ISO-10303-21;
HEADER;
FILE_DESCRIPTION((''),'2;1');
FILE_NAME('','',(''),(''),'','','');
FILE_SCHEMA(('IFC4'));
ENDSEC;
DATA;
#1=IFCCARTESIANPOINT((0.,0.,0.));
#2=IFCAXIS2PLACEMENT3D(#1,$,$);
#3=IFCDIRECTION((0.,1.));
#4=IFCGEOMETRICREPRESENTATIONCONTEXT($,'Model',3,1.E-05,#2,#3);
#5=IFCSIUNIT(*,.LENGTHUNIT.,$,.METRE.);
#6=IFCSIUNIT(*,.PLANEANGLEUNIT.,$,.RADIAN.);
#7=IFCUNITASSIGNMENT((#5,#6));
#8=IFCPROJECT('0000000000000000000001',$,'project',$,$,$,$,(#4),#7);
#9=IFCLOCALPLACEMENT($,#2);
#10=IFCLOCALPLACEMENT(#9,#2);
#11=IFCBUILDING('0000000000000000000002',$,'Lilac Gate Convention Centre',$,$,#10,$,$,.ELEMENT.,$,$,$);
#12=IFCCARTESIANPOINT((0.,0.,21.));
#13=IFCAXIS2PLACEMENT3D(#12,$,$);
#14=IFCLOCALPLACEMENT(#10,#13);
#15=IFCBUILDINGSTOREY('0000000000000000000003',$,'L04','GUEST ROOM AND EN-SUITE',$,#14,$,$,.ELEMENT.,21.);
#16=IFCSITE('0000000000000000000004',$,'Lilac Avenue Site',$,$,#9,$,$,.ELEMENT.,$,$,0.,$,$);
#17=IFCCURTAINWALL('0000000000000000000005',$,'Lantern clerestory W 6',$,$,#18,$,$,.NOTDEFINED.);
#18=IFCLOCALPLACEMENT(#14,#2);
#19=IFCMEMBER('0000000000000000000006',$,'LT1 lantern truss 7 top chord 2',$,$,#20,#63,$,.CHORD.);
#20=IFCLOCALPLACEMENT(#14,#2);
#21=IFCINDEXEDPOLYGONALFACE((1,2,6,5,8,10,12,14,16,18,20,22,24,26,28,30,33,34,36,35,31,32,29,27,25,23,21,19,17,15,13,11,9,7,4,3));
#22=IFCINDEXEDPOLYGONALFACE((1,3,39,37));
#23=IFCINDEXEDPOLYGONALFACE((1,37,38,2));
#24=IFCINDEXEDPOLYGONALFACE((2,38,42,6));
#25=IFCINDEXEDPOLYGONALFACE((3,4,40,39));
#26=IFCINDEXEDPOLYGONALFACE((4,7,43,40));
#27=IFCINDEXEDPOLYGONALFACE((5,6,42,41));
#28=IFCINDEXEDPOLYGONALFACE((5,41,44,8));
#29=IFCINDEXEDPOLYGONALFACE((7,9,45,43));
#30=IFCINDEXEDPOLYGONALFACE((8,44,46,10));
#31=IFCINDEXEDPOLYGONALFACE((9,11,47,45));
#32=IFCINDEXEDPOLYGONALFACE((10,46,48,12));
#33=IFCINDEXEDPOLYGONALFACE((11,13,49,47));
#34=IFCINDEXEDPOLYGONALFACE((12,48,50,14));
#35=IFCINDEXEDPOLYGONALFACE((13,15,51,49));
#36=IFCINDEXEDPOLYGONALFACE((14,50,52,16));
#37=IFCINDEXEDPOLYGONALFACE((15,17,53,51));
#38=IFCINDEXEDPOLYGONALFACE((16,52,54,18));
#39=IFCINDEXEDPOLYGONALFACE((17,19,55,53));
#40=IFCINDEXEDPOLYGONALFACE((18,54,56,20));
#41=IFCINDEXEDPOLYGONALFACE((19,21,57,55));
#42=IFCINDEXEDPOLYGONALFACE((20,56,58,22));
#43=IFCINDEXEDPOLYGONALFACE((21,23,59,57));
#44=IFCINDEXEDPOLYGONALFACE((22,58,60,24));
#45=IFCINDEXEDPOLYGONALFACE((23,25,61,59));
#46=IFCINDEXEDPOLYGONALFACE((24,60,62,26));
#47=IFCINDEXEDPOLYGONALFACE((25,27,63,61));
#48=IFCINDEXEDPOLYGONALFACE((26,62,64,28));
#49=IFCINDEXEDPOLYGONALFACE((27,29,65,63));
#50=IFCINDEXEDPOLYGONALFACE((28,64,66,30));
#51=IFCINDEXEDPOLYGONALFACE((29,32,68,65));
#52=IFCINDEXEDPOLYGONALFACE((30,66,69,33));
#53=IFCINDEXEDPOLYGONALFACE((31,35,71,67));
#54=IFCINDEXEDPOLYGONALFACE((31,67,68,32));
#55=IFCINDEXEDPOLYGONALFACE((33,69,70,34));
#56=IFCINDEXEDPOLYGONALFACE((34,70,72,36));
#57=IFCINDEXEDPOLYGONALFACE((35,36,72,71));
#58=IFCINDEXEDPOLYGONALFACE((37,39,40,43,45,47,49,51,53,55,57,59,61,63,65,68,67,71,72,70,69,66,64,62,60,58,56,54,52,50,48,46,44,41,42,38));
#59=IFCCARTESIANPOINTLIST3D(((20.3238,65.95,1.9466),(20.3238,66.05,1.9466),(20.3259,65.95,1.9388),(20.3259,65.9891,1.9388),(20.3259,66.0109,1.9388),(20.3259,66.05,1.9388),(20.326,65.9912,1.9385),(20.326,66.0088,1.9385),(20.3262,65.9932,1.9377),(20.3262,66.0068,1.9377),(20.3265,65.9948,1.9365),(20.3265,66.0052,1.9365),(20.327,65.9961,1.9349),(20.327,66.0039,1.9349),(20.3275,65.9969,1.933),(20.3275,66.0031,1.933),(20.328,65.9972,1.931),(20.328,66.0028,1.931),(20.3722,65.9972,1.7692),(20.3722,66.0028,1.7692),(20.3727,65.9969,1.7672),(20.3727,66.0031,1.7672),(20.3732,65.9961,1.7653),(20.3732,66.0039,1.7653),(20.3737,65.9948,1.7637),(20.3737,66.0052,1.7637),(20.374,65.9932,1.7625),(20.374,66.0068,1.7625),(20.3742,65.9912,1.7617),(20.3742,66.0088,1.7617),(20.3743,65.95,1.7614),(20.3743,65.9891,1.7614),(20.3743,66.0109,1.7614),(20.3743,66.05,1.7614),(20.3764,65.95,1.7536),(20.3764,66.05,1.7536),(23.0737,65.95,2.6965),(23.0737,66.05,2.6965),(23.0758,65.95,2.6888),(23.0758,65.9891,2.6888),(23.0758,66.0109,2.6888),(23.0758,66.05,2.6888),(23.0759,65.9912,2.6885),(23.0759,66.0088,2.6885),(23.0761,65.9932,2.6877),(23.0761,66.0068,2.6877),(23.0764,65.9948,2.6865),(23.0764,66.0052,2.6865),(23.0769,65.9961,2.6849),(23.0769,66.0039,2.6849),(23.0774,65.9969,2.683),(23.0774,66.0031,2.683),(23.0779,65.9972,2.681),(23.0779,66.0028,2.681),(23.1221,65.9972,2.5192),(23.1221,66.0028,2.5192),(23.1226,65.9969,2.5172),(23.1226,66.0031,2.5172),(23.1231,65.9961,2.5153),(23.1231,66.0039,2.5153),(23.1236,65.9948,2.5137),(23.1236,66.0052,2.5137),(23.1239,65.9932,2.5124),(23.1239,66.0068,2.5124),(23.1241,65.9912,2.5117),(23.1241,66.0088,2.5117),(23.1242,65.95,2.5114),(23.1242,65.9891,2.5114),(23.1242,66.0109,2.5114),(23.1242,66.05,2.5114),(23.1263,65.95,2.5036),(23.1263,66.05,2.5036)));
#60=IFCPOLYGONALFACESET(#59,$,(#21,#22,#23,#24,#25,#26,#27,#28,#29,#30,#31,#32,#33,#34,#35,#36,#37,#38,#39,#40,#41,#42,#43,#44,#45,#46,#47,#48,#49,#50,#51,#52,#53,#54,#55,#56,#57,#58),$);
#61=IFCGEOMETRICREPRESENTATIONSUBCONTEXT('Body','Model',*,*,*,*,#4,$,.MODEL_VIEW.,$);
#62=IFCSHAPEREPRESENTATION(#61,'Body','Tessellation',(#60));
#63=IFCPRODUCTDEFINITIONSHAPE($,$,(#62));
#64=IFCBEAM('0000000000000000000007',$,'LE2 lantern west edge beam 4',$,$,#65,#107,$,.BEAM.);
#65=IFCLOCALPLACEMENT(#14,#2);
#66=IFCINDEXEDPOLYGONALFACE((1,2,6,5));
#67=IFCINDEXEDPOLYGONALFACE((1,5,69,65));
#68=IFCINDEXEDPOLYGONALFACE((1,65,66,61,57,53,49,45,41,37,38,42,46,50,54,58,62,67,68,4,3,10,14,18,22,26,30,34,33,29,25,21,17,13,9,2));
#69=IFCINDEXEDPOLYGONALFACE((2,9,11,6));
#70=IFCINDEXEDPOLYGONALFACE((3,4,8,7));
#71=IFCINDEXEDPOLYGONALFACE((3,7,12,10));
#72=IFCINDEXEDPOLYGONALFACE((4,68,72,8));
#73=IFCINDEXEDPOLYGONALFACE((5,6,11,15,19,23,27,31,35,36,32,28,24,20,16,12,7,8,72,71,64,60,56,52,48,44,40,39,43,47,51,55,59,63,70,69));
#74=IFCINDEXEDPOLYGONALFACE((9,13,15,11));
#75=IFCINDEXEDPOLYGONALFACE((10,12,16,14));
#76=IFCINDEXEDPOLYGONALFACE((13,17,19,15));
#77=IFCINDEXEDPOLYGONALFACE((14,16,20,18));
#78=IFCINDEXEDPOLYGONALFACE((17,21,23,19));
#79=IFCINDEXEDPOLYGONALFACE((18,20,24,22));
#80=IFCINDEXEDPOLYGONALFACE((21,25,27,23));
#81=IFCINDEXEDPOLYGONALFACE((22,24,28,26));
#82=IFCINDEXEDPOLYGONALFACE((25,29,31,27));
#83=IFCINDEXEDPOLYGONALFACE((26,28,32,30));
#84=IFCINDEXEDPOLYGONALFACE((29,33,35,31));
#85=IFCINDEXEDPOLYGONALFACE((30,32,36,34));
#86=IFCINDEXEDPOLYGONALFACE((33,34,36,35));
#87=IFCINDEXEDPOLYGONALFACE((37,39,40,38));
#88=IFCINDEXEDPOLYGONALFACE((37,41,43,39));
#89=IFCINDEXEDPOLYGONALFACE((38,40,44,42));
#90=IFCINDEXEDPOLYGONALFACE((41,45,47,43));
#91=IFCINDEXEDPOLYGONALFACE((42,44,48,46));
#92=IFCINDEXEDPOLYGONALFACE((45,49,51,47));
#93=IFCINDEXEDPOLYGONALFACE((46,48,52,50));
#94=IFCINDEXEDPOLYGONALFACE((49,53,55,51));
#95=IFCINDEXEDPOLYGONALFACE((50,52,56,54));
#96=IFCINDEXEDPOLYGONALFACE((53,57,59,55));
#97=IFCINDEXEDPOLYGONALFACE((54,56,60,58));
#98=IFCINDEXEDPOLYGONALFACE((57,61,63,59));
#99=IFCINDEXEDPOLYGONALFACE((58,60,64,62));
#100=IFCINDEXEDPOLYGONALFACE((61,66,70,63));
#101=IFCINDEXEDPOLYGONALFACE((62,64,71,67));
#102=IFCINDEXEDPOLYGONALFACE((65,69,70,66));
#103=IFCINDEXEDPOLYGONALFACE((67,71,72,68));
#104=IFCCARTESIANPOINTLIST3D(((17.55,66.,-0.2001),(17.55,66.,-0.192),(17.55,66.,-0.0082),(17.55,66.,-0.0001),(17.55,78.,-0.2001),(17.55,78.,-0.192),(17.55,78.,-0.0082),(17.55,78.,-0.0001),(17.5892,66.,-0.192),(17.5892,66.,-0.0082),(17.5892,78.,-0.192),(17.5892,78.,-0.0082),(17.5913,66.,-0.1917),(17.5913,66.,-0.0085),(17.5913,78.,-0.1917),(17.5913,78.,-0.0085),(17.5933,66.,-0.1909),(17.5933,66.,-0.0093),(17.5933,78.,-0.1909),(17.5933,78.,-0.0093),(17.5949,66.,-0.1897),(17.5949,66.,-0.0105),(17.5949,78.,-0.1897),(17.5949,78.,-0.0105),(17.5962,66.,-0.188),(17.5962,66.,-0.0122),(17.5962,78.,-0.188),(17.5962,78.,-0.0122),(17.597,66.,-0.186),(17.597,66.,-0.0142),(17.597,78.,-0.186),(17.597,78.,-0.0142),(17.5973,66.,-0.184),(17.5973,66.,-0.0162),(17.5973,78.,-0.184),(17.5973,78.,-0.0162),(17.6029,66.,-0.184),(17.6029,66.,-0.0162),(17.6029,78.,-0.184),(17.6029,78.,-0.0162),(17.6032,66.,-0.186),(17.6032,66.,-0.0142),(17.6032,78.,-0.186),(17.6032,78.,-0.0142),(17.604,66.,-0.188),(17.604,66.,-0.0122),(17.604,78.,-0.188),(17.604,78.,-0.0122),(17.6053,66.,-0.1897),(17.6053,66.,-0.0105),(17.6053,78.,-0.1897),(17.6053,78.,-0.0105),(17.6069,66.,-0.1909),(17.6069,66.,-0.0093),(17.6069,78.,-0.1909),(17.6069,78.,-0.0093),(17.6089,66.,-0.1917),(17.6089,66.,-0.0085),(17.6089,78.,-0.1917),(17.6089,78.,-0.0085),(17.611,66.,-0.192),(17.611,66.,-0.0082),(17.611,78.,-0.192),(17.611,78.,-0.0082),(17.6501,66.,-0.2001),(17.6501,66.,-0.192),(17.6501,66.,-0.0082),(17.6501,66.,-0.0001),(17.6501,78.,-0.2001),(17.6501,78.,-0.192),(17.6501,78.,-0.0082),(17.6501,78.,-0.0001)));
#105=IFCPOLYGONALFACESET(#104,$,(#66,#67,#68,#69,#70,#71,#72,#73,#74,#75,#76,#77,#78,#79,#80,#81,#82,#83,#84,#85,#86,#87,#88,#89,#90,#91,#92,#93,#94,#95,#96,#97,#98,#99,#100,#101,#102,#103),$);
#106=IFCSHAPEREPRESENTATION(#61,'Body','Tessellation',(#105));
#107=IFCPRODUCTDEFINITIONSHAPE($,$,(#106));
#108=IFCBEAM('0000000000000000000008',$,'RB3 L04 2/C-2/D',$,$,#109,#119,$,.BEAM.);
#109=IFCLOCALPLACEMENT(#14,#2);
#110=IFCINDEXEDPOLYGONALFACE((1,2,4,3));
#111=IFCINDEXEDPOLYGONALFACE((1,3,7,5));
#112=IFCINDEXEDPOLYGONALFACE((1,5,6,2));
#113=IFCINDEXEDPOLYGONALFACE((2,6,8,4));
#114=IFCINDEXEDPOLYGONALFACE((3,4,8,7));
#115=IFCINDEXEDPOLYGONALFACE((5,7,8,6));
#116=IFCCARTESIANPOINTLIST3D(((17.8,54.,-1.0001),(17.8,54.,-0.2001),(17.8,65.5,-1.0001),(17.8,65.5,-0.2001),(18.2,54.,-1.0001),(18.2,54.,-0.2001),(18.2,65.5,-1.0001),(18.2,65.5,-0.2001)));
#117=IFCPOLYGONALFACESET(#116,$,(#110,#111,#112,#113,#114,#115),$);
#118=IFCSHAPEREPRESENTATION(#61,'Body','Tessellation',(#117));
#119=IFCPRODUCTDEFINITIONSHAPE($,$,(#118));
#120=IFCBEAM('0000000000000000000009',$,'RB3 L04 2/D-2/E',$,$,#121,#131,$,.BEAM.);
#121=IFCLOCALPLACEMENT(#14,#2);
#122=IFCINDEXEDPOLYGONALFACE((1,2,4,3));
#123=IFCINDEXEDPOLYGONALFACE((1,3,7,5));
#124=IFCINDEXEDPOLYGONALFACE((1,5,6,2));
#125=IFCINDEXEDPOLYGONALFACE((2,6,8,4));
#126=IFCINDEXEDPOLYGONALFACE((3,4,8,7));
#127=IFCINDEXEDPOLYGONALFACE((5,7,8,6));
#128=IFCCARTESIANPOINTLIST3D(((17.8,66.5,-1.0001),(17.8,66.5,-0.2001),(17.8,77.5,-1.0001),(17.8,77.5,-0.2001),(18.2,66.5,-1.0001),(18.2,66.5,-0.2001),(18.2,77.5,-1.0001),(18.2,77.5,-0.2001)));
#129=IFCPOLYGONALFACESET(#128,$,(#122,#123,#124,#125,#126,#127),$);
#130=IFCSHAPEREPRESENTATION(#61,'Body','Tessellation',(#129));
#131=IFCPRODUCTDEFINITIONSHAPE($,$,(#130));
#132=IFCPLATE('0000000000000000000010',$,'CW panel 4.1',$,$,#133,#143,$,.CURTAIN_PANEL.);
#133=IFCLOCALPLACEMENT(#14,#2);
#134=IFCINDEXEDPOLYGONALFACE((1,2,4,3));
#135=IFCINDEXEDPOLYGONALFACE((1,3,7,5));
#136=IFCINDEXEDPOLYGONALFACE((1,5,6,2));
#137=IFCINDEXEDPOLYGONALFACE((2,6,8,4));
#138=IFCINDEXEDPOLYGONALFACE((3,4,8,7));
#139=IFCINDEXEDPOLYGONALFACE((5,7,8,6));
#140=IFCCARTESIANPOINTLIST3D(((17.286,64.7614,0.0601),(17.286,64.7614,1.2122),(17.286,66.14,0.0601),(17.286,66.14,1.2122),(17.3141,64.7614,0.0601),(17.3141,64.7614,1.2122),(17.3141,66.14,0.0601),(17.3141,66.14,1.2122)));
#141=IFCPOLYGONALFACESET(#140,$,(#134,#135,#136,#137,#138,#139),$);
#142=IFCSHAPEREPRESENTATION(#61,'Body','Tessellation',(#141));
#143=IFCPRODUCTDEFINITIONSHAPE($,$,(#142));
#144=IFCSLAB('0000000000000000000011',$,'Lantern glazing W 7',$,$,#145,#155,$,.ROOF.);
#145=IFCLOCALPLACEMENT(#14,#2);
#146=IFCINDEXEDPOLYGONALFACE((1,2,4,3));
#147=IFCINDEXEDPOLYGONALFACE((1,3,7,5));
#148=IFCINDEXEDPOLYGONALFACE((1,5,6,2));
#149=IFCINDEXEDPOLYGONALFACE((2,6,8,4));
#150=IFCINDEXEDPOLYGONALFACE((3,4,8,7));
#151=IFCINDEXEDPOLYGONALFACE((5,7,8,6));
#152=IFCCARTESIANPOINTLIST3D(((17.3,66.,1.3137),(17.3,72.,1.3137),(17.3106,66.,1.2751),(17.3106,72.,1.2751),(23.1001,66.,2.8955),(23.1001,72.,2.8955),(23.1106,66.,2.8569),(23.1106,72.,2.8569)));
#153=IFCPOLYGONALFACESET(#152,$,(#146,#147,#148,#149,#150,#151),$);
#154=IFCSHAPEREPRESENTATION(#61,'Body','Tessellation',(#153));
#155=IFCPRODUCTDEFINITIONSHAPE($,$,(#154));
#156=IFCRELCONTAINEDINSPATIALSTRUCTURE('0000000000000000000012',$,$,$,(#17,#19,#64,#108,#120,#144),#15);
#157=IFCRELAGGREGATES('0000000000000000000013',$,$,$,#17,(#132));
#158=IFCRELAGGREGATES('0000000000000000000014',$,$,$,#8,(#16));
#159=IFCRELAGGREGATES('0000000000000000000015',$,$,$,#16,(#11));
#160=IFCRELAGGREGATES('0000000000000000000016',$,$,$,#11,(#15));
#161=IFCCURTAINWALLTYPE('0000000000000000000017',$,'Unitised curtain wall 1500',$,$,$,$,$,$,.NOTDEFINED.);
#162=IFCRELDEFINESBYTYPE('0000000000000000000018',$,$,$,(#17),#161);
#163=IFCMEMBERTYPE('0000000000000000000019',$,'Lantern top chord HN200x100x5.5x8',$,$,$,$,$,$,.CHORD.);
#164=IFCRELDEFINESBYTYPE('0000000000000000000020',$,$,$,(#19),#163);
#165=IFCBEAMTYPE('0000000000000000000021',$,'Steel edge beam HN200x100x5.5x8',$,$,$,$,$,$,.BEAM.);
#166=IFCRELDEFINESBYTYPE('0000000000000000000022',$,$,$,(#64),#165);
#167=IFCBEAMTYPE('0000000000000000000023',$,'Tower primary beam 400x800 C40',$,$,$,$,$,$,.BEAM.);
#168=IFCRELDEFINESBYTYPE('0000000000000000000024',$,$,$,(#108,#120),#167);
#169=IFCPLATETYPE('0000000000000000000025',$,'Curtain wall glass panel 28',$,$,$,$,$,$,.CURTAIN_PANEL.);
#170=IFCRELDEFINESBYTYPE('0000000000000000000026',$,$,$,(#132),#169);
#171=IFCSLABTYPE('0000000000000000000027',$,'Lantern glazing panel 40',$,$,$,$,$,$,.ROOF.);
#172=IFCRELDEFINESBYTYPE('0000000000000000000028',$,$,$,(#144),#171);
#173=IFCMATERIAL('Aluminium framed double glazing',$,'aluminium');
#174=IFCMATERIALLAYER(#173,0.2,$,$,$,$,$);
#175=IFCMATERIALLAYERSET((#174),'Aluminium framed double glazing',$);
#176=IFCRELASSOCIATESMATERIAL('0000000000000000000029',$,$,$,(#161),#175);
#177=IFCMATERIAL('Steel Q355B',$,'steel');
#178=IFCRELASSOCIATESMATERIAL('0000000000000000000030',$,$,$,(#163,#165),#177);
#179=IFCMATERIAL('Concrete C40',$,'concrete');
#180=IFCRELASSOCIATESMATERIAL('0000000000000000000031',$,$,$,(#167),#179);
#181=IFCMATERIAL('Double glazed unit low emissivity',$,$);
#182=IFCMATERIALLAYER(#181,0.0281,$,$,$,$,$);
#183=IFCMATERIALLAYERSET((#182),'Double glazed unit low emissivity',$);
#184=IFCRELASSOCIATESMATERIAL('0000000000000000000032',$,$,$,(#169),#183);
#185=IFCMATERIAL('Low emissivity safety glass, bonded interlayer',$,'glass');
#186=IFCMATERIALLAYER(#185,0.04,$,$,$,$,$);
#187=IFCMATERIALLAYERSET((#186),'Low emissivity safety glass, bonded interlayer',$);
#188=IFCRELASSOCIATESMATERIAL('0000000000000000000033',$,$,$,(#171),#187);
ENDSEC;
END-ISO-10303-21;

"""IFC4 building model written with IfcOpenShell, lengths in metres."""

from ifc_helpers import new_model, si_unit, direction, frame, origin, origin_2d, place, context, subcontext, project, spatial, polyline, rectangle, i_section, outline, extrude, material, layer, layer_set, material_profile, profile_set, type_object, element, aggregate, save


model = new_model("IFC4")

# Units and contexts
model_context = context("Model", 3, precision=1e-05, world=origin(), true_north=direction((0.0, 1.0)))
body_context = subcontext(model_context, "Body", "Model", "MODEL_VIEW")
ifc_project = project(units=[si_unit("LENGTHUNIT", "METRE"), si_unit("PLANEANGLEUNIT", "RADIAN")], contexts=[model_context])

# Site, building, storey
site_placement = place(None, origin())
site = spatial("IfcSite", under=ifc_project, at=site_placement, Name="Lilac Avenue Site", CompositionType="ELEMENT", RefElevation=0.0)
building_placement = place(site_placement, origin())
building = spatial("IfcBuilding", under=site, at=building_placement, Name="Lilac Gate Convention Centre", CompositionType="ELEMENT")
storey_placement = place(building_placement, frame((0.0, 0.0, 21.0)))
storey = spatial("IfcBuildingStorey", under=building, at=storey_placement, Name="L04", Description="GUEST ROOM AND EN-SUITE", CompositionType="ELEMENT", Elevation=21.0)

# Curtain wall
ifc_material_1 = material(Name="Aluminium framed double glazing", Category="aluminium")
ifc_layer_1 = layer(ifc_material_1, 0.2)
ifc_layer_set_1 = layer_set([ifc_layer_1], Name="Aluminium framed double glazing")
curtain_wall_type = type_object("IfcCurtainWallType", Name="Unitised curtain wall 1500", PredefinedType="NOTDEFINED", material=ifc_layer_set_1)
curtain_wall_1_placement = place(storey_placement, origin())
curtain_wall_1 = element("IfcCurtainWall", 1, at=curtain_wall_1_placement, inside=storey, type_object=curtain_wall_type, Name="Lantern clerestory W 6", PredefinedType="NOTDEFINED")

# Member
ifc_material_2 = material(Name="Steel Q355B", Category="steel")
ifc_material_profile_1 = material_profile(ifc_material_2, i_section(OverallWidth=0.1001, OverallDepth=0.2, WebThickness=0.0056, FlangeThickness=0.0081, FilletRadius=0.0081, at=origin_2d()), Name="HN200x100x5.5x8")
ifc_profile_set_1 = profile_set([ifc_material_profile_1], Name="Steel Q355B")
member_type_1 = type_object("IfcMemberType", Name="Lantern top chord HN200x100x5.5x8", PredefinedType="CHORD", material=ifc_profile_set_1)
for number, where, z_axis, x_axis, name in (
    (2, (20.3501, 66.0, 1.8501), (0.964764, 0.0, 0.263117), (0.0, 1.0, 0.0), "LT1 lantern truss 7 top chord 2"),
):
    element("IfcMember", number, at=place(storey_placement, frame(where, z_axis=z_axis, x_axis=x_axis)), inside=storey, type_object=member_type_1, Name=name, PredefinedType="CHORD", context=body_context, shape_type="SweptSolid", body=[
        extrude(i_section(OverallWidth=0.1001, OverallDepth=0.2, WebThickness=0.0056, FlangeThickness=0.0081, FilletRadius=0.0081, at=origin_2d()), origin(), (0.0, 0.0, 1.0), 2.8503),
    ])

# Beams
ifc_material_profile_2 = material_profile(ifc_material_2, i_section(OverallWidth=0.1001, OverallDepth=0.2, WebThickness=0.0056, FlangeThickness=0.0081, FilletRadius=0.0081, at=origin_2d()), Name="HN200x100x5.5x8")
ifc_profile_set_2 = profile_set([ifc_material_profile_2], Name="Steel Q355B")
beam_type_1 = type_object("IfcBeamType", Name="Steel edge beam HN200x100x5.5x8", PredefinedType="BEAM", material=ifc_profile_set_2)
beam_1_placement = place(storey_placement, frame((17.6001, 66.0, -0.1001), z_axis=(0.0, 1.0, 0.0), x_axis=(-1.0, 0.0, 0.0)))
element("IfcBeam", 3, at=beam_1_placement, inside=storey, type_object=beam_type_1, Name="LE2 lantern west edge beam 4", PredefinedType="BEAM", context=body_context, shape_type="SweptSolid", body=[
    extrude(i_section(OverallWidth=0.1001, OverallDepth=0.2, WebThickness=0.0056, FlangeThickness=0.0081, FilletRadius=0.0081, at=origin_2d()), origin(), (0.0, 0.0, 1.0), 12.0),
])
ifc_material_3 = material(Name="Concrete C40", Category="concrete")
ifc_material_profile_3 = material_profile(ifc_material_3, rectangle(XDim=0.3999, YDim=0.8, at=origin_2d()), Name="RC 400x800")
ifc_profile_set_3 = profile_set([ifc_material_profile_3], Name="Concrete C40")
beam_type_2 = type_object("IfcBeamType", Name="Tower primary beam 400x800 C40", PredefinedType="BEAM", material=ifc_profile_set_3)
beam_2_placement = place(storey_placement, frame((18.0, 54.0, -0.6001), z_axis=(0.0, 1.0, 0.0), x_axis=(-1.0, 0.0, 0.0)))
element("IfcBeam", 4, at=beam_2_placement, inside=storey, type_object=beam_type_2, Name="RB3 L04 2/C-2/D", PredefinedType="BEAM", context=body_context, shape_type="SweptSolid", body=[
    extrude(rectangle(XDim=0.3999, YDim=0.8, at=origin_2d()), origin(), (0.0, 0.0, 1.0), 11.5),
])
beam_3_placement = place(storey_placement, frame((18.0, 66.5, -0.6001), z_axis=(0.0, 1.0, 0.0), x_axis=(-1.0, 0.0, 0.0)))
element("IfcBeam", 5, at=beam_3_placement, inside=storey, type_object=beam_type_2, Name="RB3 L04 2/D-2/E", PredefinedType="BEAM", context=body_context, shape_type="SweptSolid", body=[
    extrude(rectangle(XDim=0.3999, YDim=0.8, at=origin_2d()), origin(), (0.0, 0.0, 1.0), 11.0),
])

# Plate
ifc_material_4 = material(Name="Double glazed unit low emissivity")
ifc_layer_2 = layer(ifc_material_4, 0.0281)
ifc_layer_set_2 = layer_set([ifc_layer_2], Name="Double glazed unit low emissivity")
plate_type = type_object("IfcPlateType", Name="Curtain wall glass panel 28", PredefinedType="CURTAIN_PANEL", material=ifc_layer_set_2)
plate_placement = place(storey_placement, frame((17.3, 65.4507, 0.0601), z_axis=(0.0, 0.0, 1.0), x_axis=(0.0, 1.0, 0.0)))
plate = element("IfcPlate", 6, at=plate_placement, type_object=plate_type, Name="CW panel 4.1", PredefinedType="CURTAIN_PANEL", context=body_context, shape_type="SweptSolid", body=[
    extrude(rectangle(XDim=1.3787, YDim=0.0281, at=origin_2d()), origin(), (0.0, 0.0, 1.0), 1.1521),
])
aggregate(curtain_wall_1, [plate])

# Slab
ifc_material_5 = material(Name="Low emissivity safety glass, bonded interlayer", Category="glass")
ifc_layer_3 = layer(ifc_material_5, 0.04)
ifc_layer_set_3 = layer_set([ifc_layer_3], Name="Low emissivity safety glass, bonded interlayer")
slab_type = type_object("IfcSlabType", Name="Lantern glazing panel 40", PredefinedType="ROOF", material=ifc_layer_set_3)
slab_placement = place(storey_placement, frame((17.3, 66.0, 1.3137), z_axis=(-0.263111, 0.0, 0.964766), x_axis=(0.964766, 0.0, 0.263111)))
element("IfcSlab", 7, at=slab_placement, inside=storey, type_object=slab_type, Name="Lantern glazing W 7", PredefinedType="ROOF", context=body_context, shape_type="SweptSolid", body=[
    extrude(outline(polyline([(0.0, 0.0), (6.0119, 0.0), (6.0119, 6.0), (0.0, 6.0), (0.0, 0.0)])), origin(), (0.0, 0.0, -1.0), 0.04),
])

save(model, "model.ifc")
